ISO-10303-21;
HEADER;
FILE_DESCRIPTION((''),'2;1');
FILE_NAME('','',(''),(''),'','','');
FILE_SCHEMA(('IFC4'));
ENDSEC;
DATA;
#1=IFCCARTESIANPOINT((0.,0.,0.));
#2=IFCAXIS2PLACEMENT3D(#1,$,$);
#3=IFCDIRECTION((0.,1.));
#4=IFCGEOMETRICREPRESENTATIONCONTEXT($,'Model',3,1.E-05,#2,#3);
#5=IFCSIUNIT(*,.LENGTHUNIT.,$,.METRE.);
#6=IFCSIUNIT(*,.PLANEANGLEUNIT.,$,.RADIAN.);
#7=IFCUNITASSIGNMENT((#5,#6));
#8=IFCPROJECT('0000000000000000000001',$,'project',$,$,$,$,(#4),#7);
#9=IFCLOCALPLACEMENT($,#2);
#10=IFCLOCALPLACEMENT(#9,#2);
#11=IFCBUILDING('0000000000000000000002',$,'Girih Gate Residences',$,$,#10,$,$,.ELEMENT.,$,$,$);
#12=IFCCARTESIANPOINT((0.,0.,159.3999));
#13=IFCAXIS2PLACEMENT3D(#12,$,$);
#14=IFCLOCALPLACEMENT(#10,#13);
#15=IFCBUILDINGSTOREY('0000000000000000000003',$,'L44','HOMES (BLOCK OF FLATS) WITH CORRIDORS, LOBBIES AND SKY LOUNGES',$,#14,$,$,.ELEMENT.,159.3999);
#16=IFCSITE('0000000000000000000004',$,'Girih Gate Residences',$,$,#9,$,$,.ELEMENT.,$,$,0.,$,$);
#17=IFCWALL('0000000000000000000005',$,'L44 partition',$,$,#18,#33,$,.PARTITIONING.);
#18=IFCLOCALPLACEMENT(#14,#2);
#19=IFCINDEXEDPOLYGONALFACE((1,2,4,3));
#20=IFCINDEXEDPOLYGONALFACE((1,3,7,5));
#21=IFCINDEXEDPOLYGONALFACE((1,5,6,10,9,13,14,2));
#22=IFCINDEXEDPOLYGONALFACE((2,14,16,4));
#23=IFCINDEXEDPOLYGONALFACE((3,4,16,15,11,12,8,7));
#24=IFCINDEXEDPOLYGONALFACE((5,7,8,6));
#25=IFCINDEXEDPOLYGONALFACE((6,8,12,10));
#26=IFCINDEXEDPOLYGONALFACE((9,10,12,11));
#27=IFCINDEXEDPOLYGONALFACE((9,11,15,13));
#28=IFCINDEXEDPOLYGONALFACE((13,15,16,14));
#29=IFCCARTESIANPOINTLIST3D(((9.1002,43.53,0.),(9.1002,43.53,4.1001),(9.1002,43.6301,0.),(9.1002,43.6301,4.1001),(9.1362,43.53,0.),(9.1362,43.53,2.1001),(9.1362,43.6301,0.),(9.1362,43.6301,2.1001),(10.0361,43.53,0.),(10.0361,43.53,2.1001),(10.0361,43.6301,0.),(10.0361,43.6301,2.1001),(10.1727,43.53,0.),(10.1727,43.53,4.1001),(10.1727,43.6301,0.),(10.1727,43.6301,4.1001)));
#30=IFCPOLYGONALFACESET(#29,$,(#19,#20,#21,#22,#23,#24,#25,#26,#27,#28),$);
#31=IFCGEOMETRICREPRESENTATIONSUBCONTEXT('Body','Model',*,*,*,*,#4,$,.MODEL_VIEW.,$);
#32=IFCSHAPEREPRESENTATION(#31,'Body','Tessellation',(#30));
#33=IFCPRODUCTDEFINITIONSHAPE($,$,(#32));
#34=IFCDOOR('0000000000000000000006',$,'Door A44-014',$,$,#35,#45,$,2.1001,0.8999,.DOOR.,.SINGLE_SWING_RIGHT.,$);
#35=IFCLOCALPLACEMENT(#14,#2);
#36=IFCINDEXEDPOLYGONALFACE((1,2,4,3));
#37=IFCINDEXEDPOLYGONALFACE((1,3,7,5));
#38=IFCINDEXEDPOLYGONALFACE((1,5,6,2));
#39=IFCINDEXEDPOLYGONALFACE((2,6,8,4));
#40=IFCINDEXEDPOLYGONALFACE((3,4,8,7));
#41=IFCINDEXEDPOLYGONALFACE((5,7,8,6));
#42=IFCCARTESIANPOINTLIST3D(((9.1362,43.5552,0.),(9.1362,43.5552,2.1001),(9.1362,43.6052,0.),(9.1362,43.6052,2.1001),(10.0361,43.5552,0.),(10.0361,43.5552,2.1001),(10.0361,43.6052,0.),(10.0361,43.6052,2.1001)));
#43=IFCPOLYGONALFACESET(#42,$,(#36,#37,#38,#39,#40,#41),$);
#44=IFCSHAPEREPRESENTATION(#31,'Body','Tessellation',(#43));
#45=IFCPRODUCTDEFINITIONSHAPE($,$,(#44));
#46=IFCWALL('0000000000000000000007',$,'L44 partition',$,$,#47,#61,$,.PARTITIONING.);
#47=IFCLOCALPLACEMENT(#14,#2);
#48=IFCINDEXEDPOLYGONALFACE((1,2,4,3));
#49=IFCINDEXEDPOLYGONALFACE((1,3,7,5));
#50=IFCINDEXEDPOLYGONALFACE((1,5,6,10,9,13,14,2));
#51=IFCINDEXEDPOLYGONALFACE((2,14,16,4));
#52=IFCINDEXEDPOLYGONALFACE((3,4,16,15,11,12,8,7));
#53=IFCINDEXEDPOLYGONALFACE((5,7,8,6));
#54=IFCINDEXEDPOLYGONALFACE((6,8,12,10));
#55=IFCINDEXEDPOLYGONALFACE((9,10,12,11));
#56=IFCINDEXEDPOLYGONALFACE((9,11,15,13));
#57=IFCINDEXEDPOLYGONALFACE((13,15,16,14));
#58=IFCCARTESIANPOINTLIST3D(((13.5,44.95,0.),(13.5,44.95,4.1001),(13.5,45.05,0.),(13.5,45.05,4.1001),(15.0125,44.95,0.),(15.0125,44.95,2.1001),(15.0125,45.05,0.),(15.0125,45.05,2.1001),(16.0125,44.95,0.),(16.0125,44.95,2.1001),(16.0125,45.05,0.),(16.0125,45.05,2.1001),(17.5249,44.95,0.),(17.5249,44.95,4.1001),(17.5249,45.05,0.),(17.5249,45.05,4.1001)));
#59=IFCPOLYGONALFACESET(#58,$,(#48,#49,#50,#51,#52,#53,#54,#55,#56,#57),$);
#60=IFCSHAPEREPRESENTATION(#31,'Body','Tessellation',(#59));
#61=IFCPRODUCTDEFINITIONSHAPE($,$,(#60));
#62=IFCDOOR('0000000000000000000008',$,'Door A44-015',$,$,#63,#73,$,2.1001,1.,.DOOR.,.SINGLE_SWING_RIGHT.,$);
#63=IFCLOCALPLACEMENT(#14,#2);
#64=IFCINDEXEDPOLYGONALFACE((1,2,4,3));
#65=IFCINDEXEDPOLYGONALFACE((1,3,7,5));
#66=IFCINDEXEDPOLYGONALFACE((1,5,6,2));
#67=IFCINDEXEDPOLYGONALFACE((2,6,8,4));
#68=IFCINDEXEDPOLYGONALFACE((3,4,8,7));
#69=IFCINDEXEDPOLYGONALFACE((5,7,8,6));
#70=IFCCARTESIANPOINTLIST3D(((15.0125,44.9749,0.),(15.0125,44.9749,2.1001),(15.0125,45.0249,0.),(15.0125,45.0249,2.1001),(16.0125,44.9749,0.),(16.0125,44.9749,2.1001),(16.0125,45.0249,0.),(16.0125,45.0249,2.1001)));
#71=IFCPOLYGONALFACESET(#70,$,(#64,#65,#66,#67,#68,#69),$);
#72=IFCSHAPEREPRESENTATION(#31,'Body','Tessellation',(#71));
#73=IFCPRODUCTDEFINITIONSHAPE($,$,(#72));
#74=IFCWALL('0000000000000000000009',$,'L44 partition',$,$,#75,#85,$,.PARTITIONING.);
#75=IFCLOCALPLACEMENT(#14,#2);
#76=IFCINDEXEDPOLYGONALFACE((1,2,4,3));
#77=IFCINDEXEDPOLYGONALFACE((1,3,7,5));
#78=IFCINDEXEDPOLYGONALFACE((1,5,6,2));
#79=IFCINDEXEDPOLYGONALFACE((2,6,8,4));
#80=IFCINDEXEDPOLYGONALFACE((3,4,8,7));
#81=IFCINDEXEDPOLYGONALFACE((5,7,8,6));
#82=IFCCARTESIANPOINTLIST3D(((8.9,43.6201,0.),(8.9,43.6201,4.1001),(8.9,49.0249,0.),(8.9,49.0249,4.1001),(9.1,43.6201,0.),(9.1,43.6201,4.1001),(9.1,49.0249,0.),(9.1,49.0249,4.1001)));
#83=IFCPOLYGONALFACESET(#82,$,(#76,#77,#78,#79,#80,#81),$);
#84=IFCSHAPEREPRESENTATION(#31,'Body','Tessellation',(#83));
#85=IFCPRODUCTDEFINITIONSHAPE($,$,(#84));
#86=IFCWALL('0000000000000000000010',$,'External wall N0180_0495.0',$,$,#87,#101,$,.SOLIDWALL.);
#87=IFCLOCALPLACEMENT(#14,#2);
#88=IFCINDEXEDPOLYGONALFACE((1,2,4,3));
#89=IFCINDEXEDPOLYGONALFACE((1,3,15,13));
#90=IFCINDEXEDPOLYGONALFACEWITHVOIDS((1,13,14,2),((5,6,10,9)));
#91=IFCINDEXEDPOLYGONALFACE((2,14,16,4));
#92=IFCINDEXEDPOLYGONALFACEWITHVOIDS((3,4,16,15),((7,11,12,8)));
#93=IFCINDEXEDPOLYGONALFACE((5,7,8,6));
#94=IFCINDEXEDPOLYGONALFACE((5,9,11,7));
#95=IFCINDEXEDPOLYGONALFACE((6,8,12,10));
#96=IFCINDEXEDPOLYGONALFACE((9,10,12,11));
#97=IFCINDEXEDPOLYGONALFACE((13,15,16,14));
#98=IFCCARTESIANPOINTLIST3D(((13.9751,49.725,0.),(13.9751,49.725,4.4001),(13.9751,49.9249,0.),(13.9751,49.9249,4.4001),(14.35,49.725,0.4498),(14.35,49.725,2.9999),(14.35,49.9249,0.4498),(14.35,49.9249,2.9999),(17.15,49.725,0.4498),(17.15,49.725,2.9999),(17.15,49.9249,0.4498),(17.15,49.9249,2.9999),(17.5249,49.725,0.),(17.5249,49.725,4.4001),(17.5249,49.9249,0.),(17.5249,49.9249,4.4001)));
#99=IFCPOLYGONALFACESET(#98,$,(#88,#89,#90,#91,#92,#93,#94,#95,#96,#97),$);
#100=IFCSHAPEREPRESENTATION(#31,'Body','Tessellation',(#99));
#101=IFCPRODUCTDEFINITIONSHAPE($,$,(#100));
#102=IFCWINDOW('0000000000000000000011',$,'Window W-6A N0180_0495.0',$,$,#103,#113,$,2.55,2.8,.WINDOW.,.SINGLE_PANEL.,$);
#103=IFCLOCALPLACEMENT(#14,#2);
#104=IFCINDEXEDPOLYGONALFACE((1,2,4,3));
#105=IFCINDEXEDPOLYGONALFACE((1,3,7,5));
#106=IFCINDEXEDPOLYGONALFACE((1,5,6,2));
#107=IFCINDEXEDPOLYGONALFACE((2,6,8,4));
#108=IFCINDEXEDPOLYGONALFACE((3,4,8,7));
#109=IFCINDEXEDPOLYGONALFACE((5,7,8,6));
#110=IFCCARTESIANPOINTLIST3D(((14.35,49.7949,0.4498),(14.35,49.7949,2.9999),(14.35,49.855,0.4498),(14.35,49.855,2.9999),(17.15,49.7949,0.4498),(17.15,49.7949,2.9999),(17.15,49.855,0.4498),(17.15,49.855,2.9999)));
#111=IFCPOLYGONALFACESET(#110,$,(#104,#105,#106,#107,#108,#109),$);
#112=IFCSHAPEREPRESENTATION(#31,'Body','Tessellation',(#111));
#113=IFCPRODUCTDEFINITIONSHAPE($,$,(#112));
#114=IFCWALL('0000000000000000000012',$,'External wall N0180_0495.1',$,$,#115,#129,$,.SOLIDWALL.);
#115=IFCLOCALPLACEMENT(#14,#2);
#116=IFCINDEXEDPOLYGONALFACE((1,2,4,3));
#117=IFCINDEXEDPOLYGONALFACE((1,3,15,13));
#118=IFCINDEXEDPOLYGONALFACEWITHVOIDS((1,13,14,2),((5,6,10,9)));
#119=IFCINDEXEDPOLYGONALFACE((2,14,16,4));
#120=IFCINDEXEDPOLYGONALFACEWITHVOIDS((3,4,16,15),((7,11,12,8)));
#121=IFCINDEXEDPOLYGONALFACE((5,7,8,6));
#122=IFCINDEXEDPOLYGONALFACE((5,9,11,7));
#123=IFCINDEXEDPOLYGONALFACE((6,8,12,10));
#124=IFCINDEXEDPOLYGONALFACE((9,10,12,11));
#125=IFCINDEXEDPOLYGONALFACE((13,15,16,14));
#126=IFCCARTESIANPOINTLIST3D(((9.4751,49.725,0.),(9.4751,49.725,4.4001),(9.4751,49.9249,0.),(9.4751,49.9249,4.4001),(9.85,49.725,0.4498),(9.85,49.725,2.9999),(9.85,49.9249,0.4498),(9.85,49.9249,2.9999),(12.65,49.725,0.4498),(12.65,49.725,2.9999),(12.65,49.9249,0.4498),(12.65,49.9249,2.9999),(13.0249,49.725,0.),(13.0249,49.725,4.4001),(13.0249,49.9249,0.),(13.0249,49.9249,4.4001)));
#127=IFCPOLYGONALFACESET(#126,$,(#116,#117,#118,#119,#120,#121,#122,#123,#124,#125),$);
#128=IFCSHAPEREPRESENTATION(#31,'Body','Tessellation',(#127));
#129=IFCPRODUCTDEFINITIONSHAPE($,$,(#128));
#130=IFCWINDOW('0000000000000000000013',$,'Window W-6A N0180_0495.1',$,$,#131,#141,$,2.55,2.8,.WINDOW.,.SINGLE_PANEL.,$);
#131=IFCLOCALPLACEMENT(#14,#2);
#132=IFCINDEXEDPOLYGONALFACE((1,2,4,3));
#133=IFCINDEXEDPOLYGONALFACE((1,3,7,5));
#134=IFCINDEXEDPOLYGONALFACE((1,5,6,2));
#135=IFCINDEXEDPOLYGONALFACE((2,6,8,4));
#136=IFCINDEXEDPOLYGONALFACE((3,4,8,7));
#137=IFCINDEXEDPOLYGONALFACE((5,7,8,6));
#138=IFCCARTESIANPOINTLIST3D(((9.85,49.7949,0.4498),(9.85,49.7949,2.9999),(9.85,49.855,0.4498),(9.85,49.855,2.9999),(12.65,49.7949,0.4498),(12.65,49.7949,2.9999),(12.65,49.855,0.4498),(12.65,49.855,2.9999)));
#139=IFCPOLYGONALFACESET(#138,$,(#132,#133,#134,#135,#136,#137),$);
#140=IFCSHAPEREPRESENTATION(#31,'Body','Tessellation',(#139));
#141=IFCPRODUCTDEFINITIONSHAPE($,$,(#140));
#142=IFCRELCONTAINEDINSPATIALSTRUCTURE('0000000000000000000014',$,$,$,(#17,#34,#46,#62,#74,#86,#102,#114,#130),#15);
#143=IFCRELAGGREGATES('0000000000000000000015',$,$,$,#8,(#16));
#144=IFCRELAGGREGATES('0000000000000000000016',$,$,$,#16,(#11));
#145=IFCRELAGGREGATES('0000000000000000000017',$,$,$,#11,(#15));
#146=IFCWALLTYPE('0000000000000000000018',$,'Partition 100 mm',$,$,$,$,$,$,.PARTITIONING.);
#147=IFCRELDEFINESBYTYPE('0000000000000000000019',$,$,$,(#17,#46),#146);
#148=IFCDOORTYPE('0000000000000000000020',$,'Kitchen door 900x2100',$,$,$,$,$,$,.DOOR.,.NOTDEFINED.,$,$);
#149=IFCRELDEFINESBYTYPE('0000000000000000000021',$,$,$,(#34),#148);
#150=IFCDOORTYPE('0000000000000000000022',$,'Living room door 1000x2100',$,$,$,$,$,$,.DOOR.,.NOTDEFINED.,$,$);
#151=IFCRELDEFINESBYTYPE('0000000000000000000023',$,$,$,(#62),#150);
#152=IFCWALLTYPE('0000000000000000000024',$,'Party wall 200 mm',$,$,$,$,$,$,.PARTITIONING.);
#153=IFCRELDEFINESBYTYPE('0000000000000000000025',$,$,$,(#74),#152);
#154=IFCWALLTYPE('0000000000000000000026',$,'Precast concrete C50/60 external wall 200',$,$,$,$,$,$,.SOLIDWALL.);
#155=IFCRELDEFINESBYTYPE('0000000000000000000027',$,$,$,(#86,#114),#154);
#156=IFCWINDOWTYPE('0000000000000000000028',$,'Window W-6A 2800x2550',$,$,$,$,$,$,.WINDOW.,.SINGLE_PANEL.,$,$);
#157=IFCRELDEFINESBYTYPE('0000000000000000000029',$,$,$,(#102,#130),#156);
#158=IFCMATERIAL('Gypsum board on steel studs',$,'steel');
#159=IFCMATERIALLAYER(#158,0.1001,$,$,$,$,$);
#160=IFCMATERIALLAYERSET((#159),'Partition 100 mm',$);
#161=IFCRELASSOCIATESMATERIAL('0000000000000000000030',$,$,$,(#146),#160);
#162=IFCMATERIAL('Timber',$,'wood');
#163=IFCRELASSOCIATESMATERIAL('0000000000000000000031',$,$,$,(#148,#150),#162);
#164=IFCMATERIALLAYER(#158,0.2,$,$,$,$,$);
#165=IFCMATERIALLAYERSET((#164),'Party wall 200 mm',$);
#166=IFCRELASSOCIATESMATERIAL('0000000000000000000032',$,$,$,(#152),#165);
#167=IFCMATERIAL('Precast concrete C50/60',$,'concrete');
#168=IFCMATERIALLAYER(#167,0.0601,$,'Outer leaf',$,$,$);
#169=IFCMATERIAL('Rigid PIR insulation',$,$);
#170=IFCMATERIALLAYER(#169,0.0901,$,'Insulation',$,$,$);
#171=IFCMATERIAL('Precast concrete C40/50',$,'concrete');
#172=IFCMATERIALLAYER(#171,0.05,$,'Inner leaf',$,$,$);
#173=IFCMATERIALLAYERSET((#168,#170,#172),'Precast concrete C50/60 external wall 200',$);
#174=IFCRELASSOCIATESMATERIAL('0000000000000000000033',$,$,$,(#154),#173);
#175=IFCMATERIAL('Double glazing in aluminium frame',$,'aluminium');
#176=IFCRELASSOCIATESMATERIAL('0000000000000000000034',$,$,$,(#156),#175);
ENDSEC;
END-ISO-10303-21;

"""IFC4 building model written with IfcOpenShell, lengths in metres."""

from ifc_helpers import new_model, si_unit, direction, frame, frame_2d, origin, place, context, subcontext, project, spatial, rectangle, extrude, material, layer, layer_set, type_object, element, fill, save


model = new_model("IFC4")

# Units and contexts
model_context = context("Model", 3, precision=1e-05, world=origin(), true_north=direction((0.0, 1.0)))
body_context = subcontext(model_context, "Body", "Model", "MODEL_VIEW")
ifc_project = project(units=[si_unit("LENGTHUNIT", "METRE"), si_unit("PLANEANGLEUNIT", "RADIAN")], contexts=[model_context])

# Site, building, storey
site_placement = place(None, origin())
site = spatial("IfcSite", under=ifc_project, at=site_placement, Name="Girih Gate Residences", CompositionType="ELEMENT", RefElevation=0.0)
building_placement = place(site_placement, origin())
building = spatial("IfcBuilding", under=site, at=building_placement, Name="Girih Gate Residences", CompositionType="ELEMENT")
storey_placement = place(building_placement, frame((0.0, 0.0, 159.3999)))
storey = spatial("IfcBuildingStorey", under=building, at=storey_placement, Name="L44", Description="HOMES (BLOCK OF FLATS) WITH CORRIDORS, LOBBIES AND SKY LOUNGES", CompositionType="ELEMENT", Elevation=159.3999)

# Shared definitions
ifc_material_1 = material(Name="Gypsum board on steel studs", Category="steel")

# Shared definitions
ifc_layer_1 = layer(ifc_material_1, 0.1001)
ifc_layer_set_1 = layer_set([ifc_layer_1], Name="Partition 100 mm")
wall_type_1 = type_object("IfcWallType", Name="Partition 100 mm", PredefinedType="PARTITIONING", material=ifc_layer_set_1)
ifc_material_2 = material(Name="Timber", Category="wood")

# Walls, openings, doors
wall_1_placement = place(storey_placement, frame((10.1726, 43.5801, 0.0), z_axis=(0.0, 0.0, 1.0), x_axis=(-1.0, 0.0, 0.0)))
wall_1 = element("IfcWall", 1, at=wall_1_placement, inside=storey, type_object=wall_type_1, Name="L44 partition", PredefinedType="PARTITIONING", context=body_context, shape_type="SweptSolid", body=[
    extrude(rectangle(XDim=1.0725, YDim=0.1001, at=frame_2d((0.5361, 0.0))), origin(), (0.0, 0.0, 1.0), 4.1001),
])
opening_1_placement = place(wall_1_placement, frame((0.1365, 0.0, 0.0)))
opening_1 = element("IfcOpeningElement", 2, at=opening_1_placement, cuts=wall_1, PredefinedType="OPENING", context=body_context, shape_type="SweptSolid", body=[
    extrude(rectangle(XDim=0.8999, YDim=2.1001, at=frame_2d((0.45, 1.05))), frame((0.0, 0.0601, 0.0), z_axis=(0.0, -1.0, 0.0), x_axis=(1.0, 0.0, 0.0)), (0.0, 0.0, 1.0), 0.1201),
])
door_type_1 = type_object("IfcDoorType", Name="Kitchen door 900x2100", OperationType="NOTDEFINED", PredefinedType="DOOR", material=ifc_material_2)
door_1_placement = place(opening_1_placement, origin())
door_1 = element("IfcDoor", 3, at=door_1_placement, inside=storey, type_object=door_type_1, Name="Door A44-014", OperationType="SINGLE_SWING_RIGHT", OverallHeight=2.1001, OverallWidth=0.8999, PredefinedType="DOOR", context=body_context, shape_type="SweptSolid", body=[
    extrude(rectangle(XDim=0.8999, YDim=2.1001, at=frame_2d((0.45, 1.05))), frame((0.0, 0.0249, 0.0), z_axis=(0.0, -1.0, 0.0), x_axis=(1.0, 0.0, 0.0)), (0.0, 0.0, 1.0), 0.05),
])
fill(opening_1, door_1)
wall_2_placement = place(storey_placement, frame((13.5, 45.0, 0.0), z_axis=(0.0, 0.0, 1.0), x_axis=(1.0, 0.0, 0.0)))
wall_2 = element("IfcWall", 4, at=wall_2_placement, inside=storey, type_object=wall_type_1, Name="L44 partition", PredefinedType="PARTITIONING", context=body_context, shape_type="SweptSolid", body=[
    extrude(rectangle(XDim=4.0249, YDim=0.1001, at=frame_2d((2.0125, 0.0))), origin(), (0.0, 0.0, 1.0), 4.1001),
])
opening_2_placement = place(wall_2_placement, frame((1.5125, 0.0, 0.0)))
opening_2 = element("IfcOpeningElement", 5, at=opening_2_placement, cuts=wall_2, PredefinedType="OPENING", context=body_context, shape_type="SweptSolid", body=[
    extrude(rectangle(XDim=1.0, YDim=2.1001, at=frame_2d((0.5, 1.05))), frame((0.0, 0.0601, 0.0), z_axis=(0.0, -1.0, 0.0), x_axis=(1.0, 0.0, 0.0)), (0.0, 0.0, 1.0), 0.1201),
])
door_type_2 = type_object("IfcDoorType", Name="Living room door 1000x2100", OperationType="NOTDEFINED", PredefinedType="DOOR", material=ifc_material_2)
door_2_placement = place(opening_2_placement, origin())
door_2 = element("IfcDoor", 6, at=door_2_placement, inside=storey, type_object=door_type_2, Name="Door A44-015", OperationType="SINGLE_SWING_RIGHT", OverallHeight=2.1001, OverallWidth=1.0, PredefinedType="DOOR", context=body_context, shape_type="SweptSolid", body=[
    extrude(rectangle(XDim=1.0, YDim=2.1001, at=frame_2d((0.5, 1.05))), frame((0.0, 0.0249, 0.0), z_axis=(0.0, -1.0, 0.0), x_axis=(1.0, 0.0, 0.0)), (0.0, 0.0, 1.0), 0.05),
])
fill(opening_2, door_2)

# Wall
ifc_layer_2 = layer(ifc_material_1, 0.2)
ifc_layer_set_2 = layer_set([ifc_layer_2], Name="Party wall 200 mm")
wall_type_2 = type_object("IfcWallType", Name="Party wall 200 mm", PredefinedType="PARTITIONING", material=ifc_layer_set_2)
wall_3_placement = place(storey_placement, frame((9.0, 43.6201, 0.0), z_axis=(0.0, 0.0, 1.0), x_axis=(0.0, 1.0, 0.0)))
element("IfcWall", 7, at=wall_3_placement, inside=storey, type_object=wall_type_2, Name="L44 partition", PredefinedType="PARTITIONING", context=body_context, shape_type="SweptSolid", body=[
    extrude(rectangle(XDim=5.4048, YDim=0.2, at=frame_2d((2.7024, 0.0))), origin(), (0.0, 0.0, 1.0), 4.1001),
])

# Walls, openings, windows
ifc_material_3 = material(Name="Precast concrete C50/60", Category="concrete")
ifc_layer_3 = layer(ifc_material_3, 0.0601, Name="Outer leaf")
ifc_material_4 = material(Name="Rigid PIR insulation")
ifc_layer_4 = layer(ifc_material_4, 0.0901, Name="Insulation")
ifc_material_5 = material(Name="Precast concrete C40/50", Category="concrete")
ifc_layer_5 = layer(ifc_material_5, 0.05, Name="Inner leaf")
ifc_layer_set_3 = layer_set([ifc_layer_3, ifc_layer_4, ifc_layer_5], Name="Precast concrete C50/60 external wall 200")
wall_type_3 = type_object("IfcWallType", Name="Precast concrete C50/60 external wall 200", PredefinedType="SOLIDWALL", material=ifc_layer_set_3)
wall_4_placement = place(storey_placement, frame((13.9751, 49.825, 0.0), z_axis=(0.0, 0.0, 1.0), x_axis=(1.0, 0.0, 0.0)))
wall_4 = element("IfcWall", 8, at=wall_4_placement, inside=storey, type_object=wall_type_3, Name="External wall N0180_0495.0", PredefinedType="SOLIDWALL", context=body_context, shape_type="SweptSolid", body=[
    extrude(rectangle(XDim=3.5498, YDim=0.2, at=frame_2d((1.7749, 0.0))), origin(), (0.0, 0.0, 1.0), 4.4001),
])
opening_3_placement = place(wall_4_placement, frame((0.375, 0.0, 0.45)))
opening_3 = element("IfcOpeningElement", 9, at=opening_3_placement, cuts=wall_4, PredefinedType="OPENING", context=body_context, shape_type="SweptSolid", body=[
    extrude(rectangle(XDim=2.8, YDim=2.55, at=frame_2d((1.3999, 1.2749))), frame((0.0, 0.1099, 0.0), z_axis=(0.0, -1.0, 0.0), x_axis=(1.0, 0.0, 0.0)), (0.0, 0.0, 1.0), 0.22),
])
ifc_material_6 = material(Name="Double glazing in aluminium frame", Category="aluminium")
window_type = type_object("IfcWindowType", Name="Window W-6A 2800x2550", PartitioningType="SINGLE_PANEL", PredefinedType="WINDOW", material=ifc_material_6)
window_1_placement = place(opening_3_placement, origin())
window_1 = element("IfcWindow", 10, at=window_1_placement, inside=storey, type_object=window_type, Name="Window W-6A N0180_0495.0", OverallHeight=2.55, OverallWidth=2.8, PartitioningType="SINGLE_PANEL", PredefinedType="WINDOW", context=body_context, shape_type="SweptSolid", body=[
    extrude(rectangle(XDim=2.8, YDim=2.55, at=frame_2d((1.3999, 1.2749))), frame((0.0, 0.03, 0.0), z_axis=(0.0, -1.0, 0.0), x_axis=(1.0, 0.0, 0.0)), (0.0, 0.0, 1.0), 0.0601),
])
fill(opening_3, window_1)
wall_5_placement = place(storey_placement, frame((9.4751, 49.825, 0.0), z_axis=(0.0, 0.0, 1.0), x_axis=(1.0, 0.0, 0.0)))
wall_5 = element("IfcWall", 11, at=wall_5_placement, inside=storey, type_object=wall_type_3, Name="External wall N0180_0495.1", PredefinedType="SOLIDWALL", context=body_context, shape_type="SweptSolid", body=[
    extrude(rectangle(XDim=3.5498, YDim=0.2, at=frame_2d((1.7749, 0.0))), origin(), (0.0, 0.0, 1.0), 4.4001),
])
opening_4_placement = place(wall_5_placement, frame((0.375, 0.0, 0.45)))
opening_4 = element("IfcOpeningElement", 12, at=opening_4_placement, cuts=wall_5, PredefinedType="OPENING", context=body_context, shape_type="SweptSolid", body=[
    extrude(rectangle(XDim=2.8, YDim=2.55, at=frame_2d((1.3999, 1.2749))), frame((0.0, 0.1099, 0.0), z_axis=(0.0, -1.0, 0.0), x_axis=(1.0, 0.0, 0.0)), (0.0, 0.0, 1.0), 0.22),
])
window_2_placement = place(opening_4_placement, origin())
window_2 = element("IfcWindow", 13, at=window_2_placement, inside=storey, type_object=window_type, Name="Window W-6A N0180_0495.1", OverallHeight=2.55, OverallWidth=2.8, PartitioningType="SINGLE_PANEL", PredefinedType="WINDOW", context=body_context, shape_type="SweptSolid", body=[
    extrude(rectangle(XDim=2.8, YDim=2.55, at=frame_2d((1.3999, 1.2749))), frame((0.0, 0.03, 0.0), z_axis=(0.0, -1.0, 0.0), x_axis=(1.0, 0.0, 0.0)), (0.0, 0.0, 1.0), 0.0601),
])
fill(opening_4, window_2)

save(model, "model.ifc")
